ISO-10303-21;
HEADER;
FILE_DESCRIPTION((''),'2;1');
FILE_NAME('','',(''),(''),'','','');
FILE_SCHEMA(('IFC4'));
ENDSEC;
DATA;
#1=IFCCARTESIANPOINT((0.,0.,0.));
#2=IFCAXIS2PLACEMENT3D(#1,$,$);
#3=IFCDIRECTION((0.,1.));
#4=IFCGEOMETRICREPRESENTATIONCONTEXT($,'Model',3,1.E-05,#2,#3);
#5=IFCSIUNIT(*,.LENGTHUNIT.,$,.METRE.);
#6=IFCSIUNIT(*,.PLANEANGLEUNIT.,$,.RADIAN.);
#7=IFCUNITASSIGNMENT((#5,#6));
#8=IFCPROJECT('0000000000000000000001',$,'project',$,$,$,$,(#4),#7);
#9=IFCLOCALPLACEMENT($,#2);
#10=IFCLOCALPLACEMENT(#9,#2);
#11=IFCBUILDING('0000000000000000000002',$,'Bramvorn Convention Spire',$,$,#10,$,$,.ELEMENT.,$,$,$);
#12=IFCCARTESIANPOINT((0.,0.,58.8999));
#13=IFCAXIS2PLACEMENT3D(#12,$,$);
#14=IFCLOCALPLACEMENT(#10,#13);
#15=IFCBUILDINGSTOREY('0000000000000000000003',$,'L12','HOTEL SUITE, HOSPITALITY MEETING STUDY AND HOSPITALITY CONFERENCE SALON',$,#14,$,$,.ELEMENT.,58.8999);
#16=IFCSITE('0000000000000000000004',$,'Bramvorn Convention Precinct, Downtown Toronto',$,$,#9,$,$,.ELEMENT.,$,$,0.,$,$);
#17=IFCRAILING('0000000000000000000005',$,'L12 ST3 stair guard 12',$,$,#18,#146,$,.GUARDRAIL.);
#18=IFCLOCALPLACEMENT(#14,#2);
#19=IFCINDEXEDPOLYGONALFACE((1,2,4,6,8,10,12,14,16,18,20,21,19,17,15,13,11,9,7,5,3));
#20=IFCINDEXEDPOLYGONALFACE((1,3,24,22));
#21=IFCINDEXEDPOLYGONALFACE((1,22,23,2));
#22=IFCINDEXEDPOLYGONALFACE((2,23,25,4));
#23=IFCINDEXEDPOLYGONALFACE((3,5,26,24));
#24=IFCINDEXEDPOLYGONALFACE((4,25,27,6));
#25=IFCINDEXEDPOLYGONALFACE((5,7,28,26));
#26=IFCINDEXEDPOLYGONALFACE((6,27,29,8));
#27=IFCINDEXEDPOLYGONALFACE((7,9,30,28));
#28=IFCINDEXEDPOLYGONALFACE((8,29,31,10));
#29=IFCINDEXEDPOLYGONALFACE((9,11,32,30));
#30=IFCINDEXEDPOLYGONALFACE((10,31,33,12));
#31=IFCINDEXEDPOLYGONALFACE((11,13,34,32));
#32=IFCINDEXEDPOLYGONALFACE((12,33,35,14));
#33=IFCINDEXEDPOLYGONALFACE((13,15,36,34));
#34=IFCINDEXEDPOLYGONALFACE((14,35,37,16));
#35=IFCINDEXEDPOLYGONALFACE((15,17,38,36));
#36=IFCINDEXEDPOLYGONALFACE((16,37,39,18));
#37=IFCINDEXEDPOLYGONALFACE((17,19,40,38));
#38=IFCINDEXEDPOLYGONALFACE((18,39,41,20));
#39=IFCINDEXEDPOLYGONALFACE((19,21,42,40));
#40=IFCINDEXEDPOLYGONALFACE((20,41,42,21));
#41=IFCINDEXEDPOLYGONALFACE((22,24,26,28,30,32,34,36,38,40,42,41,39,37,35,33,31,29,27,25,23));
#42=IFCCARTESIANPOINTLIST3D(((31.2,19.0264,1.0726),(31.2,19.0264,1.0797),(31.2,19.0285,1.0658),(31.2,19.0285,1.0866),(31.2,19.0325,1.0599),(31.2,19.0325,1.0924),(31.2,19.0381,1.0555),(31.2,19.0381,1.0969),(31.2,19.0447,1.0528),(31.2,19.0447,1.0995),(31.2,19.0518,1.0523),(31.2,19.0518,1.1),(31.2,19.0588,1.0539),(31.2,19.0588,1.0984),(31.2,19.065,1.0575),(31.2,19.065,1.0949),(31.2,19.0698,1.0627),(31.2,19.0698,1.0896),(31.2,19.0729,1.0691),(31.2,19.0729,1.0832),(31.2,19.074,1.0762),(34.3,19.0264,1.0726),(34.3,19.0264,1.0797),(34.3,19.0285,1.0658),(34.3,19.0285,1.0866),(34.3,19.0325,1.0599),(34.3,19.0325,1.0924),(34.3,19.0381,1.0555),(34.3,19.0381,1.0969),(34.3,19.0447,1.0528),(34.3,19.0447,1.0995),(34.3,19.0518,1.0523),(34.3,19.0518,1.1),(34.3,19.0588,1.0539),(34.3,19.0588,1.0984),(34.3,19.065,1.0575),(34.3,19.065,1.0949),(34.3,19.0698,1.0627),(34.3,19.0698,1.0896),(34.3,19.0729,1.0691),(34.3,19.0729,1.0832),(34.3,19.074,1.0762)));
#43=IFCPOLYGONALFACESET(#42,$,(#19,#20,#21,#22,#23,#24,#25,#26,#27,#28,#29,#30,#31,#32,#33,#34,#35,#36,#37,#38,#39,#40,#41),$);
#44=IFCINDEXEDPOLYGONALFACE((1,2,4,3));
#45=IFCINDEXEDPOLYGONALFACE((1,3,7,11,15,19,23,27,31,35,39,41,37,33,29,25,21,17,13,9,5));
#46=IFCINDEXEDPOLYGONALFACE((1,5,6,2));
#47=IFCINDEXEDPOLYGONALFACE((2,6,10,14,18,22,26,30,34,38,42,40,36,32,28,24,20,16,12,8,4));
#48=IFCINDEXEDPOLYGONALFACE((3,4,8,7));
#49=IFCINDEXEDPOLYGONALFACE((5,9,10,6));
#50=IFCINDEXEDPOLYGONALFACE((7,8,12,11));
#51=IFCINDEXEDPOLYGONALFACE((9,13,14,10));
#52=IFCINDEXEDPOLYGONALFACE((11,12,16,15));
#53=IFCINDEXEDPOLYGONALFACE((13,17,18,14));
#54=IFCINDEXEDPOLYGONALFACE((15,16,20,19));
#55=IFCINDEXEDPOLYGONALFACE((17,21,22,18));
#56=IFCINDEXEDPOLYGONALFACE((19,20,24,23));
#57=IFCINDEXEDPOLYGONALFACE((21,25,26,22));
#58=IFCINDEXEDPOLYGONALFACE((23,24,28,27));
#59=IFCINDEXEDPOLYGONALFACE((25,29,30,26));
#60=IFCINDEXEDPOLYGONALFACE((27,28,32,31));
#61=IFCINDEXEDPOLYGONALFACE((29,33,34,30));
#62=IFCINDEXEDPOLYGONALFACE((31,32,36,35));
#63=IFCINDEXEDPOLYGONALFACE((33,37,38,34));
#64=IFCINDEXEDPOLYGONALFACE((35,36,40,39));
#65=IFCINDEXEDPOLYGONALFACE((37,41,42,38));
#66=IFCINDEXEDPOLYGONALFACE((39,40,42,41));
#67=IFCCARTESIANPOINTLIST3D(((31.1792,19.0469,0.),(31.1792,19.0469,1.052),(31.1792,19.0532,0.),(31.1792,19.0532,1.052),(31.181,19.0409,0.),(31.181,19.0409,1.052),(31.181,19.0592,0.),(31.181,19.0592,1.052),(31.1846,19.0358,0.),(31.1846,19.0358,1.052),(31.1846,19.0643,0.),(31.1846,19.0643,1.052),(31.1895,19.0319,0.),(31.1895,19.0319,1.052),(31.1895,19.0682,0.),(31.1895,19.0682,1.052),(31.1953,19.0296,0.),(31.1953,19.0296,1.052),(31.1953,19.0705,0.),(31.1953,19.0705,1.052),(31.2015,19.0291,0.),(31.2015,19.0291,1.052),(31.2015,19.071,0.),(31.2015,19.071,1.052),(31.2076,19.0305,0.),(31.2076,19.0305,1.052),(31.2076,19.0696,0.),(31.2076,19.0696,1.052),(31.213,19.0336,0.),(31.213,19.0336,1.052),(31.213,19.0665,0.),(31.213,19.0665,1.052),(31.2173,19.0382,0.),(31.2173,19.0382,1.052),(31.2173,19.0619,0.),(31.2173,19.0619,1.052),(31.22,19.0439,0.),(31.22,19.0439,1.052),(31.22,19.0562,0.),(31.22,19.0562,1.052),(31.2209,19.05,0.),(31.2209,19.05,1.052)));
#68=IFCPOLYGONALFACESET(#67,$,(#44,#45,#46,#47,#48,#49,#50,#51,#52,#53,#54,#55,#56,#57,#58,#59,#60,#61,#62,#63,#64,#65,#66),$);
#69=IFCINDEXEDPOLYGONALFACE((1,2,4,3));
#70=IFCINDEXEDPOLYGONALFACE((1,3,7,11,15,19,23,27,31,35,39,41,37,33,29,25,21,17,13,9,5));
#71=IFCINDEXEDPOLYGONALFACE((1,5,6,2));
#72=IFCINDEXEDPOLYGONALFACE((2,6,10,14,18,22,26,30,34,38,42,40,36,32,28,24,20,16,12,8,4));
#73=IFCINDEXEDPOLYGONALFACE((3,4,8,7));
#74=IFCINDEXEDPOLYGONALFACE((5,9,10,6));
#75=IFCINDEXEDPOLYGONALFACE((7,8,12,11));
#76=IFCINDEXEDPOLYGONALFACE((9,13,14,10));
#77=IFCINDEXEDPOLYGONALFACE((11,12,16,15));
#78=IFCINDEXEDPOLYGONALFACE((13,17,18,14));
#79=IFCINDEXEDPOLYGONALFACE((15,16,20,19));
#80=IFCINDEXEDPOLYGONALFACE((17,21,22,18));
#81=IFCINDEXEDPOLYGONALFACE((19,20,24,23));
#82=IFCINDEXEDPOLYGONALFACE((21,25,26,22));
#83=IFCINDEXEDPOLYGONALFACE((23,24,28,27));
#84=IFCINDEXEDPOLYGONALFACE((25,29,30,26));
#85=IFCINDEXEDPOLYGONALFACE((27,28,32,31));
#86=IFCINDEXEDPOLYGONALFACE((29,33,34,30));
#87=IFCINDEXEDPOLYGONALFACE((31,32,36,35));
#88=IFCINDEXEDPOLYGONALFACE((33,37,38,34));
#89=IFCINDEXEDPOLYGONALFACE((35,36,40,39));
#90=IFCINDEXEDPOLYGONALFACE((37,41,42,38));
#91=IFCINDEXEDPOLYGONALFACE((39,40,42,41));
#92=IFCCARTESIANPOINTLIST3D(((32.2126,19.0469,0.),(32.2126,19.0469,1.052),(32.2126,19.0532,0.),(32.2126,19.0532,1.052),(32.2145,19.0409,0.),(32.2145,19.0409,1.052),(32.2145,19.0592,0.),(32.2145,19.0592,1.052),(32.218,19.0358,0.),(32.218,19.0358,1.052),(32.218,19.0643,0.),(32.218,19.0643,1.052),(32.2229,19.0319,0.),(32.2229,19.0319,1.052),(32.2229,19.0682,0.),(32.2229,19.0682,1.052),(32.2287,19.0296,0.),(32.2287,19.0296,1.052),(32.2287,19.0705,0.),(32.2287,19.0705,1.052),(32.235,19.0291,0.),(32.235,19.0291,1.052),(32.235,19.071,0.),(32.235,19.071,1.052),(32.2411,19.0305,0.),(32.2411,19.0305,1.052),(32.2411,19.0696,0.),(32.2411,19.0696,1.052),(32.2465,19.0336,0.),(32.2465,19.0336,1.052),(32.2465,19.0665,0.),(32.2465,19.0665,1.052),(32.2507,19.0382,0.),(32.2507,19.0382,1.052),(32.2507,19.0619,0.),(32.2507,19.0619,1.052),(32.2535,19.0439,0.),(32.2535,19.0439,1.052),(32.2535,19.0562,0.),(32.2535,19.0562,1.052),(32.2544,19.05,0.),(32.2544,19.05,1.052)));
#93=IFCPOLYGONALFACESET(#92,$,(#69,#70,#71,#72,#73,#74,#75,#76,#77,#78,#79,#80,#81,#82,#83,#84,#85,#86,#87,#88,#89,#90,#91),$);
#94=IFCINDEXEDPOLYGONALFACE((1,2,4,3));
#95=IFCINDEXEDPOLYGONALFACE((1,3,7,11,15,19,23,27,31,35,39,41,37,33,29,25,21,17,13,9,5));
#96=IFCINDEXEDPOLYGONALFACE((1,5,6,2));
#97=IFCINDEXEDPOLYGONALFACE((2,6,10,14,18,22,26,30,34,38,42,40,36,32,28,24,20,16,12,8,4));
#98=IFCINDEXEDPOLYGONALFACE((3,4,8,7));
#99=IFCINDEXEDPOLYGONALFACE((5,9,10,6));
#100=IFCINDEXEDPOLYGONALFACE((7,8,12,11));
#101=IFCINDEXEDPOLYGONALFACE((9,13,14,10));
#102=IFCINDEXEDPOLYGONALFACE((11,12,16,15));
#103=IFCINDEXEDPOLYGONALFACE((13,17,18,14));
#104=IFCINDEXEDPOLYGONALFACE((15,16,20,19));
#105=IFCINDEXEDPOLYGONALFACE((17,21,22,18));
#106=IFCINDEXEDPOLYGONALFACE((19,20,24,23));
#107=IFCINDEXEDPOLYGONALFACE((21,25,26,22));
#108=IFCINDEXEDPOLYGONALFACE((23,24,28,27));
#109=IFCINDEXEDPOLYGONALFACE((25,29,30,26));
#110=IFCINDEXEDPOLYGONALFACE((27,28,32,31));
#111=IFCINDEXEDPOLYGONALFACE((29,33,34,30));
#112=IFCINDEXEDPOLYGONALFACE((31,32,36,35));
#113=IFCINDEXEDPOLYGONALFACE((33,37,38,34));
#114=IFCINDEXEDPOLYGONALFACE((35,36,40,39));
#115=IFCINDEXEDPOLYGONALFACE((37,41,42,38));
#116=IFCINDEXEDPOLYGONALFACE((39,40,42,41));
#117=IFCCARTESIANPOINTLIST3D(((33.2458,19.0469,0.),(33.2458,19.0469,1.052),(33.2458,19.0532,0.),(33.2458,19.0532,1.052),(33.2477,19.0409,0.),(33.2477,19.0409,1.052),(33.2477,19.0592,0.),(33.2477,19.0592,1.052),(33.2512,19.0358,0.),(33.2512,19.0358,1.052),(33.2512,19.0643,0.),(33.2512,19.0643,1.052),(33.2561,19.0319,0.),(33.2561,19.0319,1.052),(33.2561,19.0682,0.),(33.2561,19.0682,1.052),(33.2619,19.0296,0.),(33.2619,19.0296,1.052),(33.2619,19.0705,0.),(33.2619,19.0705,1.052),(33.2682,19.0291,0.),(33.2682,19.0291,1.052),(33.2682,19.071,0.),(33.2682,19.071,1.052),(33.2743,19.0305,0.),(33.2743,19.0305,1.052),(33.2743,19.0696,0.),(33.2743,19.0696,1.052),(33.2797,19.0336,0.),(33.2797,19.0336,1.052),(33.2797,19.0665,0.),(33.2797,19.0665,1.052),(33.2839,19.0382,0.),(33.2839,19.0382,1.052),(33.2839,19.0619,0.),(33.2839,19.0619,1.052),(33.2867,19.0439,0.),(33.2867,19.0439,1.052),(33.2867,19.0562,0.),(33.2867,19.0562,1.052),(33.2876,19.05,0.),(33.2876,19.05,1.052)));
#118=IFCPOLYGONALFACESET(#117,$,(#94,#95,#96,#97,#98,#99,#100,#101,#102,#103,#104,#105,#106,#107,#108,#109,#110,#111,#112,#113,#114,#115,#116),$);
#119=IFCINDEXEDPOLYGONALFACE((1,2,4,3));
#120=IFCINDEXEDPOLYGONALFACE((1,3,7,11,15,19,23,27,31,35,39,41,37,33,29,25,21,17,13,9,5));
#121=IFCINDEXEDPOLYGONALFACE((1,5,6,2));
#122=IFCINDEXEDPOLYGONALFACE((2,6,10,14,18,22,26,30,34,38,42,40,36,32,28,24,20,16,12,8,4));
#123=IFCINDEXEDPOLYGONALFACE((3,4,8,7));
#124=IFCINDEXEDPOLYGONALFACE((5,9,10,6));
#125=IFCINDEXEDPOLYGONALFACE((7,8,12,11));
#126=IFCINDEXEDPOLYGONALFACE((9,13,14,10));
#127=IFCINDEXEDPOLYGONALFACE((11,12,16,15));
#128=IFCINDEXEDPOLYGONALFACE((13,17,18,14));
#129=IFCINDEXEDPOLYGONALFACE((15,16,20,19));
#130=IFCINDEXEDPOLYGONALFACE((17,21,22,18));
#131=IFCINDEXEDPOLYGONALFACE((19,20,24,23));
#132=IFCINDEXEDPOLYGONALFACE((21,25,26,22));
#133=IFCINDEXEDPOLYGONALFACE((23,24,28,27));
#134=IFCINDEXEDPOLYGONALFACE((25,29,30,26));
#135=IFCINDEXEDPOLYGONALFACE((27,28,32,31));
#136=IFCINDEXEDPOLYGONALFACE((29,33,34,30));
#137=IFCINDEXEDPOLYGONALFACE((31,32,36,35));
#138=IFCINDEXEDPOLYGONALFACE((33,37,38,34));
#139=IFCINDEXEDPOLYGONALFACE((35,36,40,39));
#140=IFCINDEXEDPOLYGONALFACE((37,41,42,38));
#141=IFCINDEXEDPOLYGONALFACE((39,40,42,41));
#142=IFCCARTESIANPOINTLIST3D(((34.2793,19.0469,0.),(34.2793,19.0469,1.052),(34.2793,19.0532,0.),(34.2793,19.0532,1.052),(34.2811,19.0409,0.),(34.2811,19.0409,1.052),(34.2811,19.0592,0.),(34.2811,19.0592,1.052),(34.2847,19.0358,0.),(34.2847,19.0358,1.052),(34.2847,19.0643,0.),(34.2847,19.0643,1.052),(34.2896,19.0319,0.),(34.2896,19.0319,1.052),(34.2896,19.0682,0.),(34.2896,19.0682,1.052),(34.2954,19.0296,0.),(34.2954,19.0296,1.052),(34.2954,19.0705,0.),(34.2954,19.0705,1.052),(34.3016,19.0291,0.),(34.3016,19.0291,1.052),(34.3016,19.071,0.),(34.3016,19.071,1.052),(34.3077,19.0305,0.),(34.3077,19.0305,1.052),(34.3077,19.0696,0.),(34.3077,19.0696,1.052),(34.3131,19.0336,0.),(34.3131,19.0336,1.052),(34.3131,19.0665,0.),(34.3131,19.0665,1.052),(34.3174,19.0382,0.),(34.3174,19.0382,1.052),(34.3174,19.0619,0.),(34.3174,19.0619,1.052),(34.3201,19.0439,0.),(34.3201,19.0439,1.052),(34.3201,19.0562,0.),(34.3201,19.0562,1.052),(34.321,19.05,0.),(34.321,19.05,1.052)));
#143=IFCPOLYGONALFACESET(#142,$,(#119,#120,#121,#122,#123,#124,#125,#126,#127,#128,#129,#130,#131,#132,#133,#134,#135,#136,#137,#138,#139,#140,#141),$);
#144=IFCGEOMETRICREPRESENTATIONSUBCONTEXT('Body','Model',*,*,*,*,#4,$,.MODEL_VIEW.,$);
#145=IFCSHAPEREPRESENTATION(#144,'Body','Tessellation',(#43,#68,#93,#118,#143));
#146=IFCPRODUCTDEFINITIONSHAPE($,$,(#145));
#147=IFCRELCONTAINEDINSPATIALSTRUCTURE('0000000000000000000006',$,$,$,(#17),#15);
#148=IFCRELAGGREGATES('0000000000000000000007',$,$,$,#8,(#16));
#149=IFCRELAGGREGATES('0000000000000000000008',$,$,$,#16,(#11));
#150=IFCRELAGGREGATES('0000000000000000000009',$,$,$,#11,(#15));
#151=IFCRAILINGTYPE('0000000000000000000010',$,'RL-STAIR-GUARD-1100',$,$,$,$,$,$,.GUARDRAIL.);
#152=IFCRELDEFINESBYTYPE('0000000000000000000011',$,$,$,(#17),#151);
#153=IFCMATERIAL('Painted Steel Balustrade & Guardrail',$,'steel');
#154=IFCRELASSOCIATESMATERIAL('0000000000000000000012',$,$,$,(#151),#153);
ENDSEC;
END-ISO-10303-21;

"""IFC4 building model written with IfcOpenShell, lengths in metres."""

from ifc_helpers import new_model, si_unit, direction, frame, origin, origin_2d, place, context, subcontext, project, spatial, circle, extrude, material, type_object, element, save


model = new_model("IFC4")

# Units and contexts
model_context = context("Model", 3, precision=1e-05, world=origin(), true_north=direction((0.0, 1.0)))
body_context = subcontext(model_context, "Body", "Model", "MODEL_VIEW")
ifc_project = project(units=[si_unit("LENGTHUNIT", "METRE"), si_unit("PLANEANGLEUNIT", "RADIAN")], contexts=[model_context])

# Site, building, storey
site_placement = place(None, origin())
site = spatial("IfcSite", under=ifc_project, at=site_placement, Name="Bramvorn Convention Precinct, Downtown Toronto", CompositionType="ELEMENT", RefElevation=0.0)
building_placement = place(site_placement, origin())
building = spatial("IfcBuilding", under=site, at=building_placement, Name="Bramvorn Convention Spire", CompositionType="ELEMENT")
storey_placement = place(building_placement, frame((0.0, 0.0, 58.8999)))
storey = spatial("IfcBuildingStorey", under=building, at=storey_placement, Name="L12", Description="HOTEL SUITE, HOSPITALITY MEETING STUDY AND HOSPITALITY CONFERENCE SALON", CompositionType="ELEMENT", Elevation=58.8999)

# Railing
ifc_material_1 = material(Name="Painted Steel Balustrade & Guardrail", Category="steel")
railing_type = type_object("IfcRailingType", Name="RL-STAIR-GUARD-1100", PredefinedType="GUARDRAIL", material=ifc_material_1)
railing_1_placement = place(storey_placement, frame((31.2, 19.05, 0.0)))
element("IfcRailing", 1, at=railing_1_placement, inside=storey, type_object=railing_type, Name="L12 ST3 stair guard 12", PredefinedType="GUARDRAIL", context=body_context, shape_type="SweptSolid", body=[
    extrude(circle(Radius=0.0239, at=origin_2d()), frame((0.0, 0.0, 1.0762), z_axis=(1.0, 0.0, 0.0), x_axis=(0.0, 1.0, 0.0)), (0.0, 0.0, 1.0), 3.1001),
    extrude(circle(Radius=0.021, at=origin_2d()), origin(), (0.0, 0.0, 1.0), 1.052),
    extrude(circle(Radius=0.021, at=origin_2d()), frame((1.0334, 0.0, 0.0)), (0.0, 0.0, 1.0), 1.052),
    extrude(circle(Radius=0.021, at=origin_2d()), frame((2.0667, 0.0, 0.0)), (0.0, 0.0, 1.0), 1.052),
    extrude(circle(Radius=0.021, at=origin_2d()), frame((3.1001, 0.0, 0.0)), (0.0, 0.0, 1.0), 1.052),
])

save(model, "model.ifc")
